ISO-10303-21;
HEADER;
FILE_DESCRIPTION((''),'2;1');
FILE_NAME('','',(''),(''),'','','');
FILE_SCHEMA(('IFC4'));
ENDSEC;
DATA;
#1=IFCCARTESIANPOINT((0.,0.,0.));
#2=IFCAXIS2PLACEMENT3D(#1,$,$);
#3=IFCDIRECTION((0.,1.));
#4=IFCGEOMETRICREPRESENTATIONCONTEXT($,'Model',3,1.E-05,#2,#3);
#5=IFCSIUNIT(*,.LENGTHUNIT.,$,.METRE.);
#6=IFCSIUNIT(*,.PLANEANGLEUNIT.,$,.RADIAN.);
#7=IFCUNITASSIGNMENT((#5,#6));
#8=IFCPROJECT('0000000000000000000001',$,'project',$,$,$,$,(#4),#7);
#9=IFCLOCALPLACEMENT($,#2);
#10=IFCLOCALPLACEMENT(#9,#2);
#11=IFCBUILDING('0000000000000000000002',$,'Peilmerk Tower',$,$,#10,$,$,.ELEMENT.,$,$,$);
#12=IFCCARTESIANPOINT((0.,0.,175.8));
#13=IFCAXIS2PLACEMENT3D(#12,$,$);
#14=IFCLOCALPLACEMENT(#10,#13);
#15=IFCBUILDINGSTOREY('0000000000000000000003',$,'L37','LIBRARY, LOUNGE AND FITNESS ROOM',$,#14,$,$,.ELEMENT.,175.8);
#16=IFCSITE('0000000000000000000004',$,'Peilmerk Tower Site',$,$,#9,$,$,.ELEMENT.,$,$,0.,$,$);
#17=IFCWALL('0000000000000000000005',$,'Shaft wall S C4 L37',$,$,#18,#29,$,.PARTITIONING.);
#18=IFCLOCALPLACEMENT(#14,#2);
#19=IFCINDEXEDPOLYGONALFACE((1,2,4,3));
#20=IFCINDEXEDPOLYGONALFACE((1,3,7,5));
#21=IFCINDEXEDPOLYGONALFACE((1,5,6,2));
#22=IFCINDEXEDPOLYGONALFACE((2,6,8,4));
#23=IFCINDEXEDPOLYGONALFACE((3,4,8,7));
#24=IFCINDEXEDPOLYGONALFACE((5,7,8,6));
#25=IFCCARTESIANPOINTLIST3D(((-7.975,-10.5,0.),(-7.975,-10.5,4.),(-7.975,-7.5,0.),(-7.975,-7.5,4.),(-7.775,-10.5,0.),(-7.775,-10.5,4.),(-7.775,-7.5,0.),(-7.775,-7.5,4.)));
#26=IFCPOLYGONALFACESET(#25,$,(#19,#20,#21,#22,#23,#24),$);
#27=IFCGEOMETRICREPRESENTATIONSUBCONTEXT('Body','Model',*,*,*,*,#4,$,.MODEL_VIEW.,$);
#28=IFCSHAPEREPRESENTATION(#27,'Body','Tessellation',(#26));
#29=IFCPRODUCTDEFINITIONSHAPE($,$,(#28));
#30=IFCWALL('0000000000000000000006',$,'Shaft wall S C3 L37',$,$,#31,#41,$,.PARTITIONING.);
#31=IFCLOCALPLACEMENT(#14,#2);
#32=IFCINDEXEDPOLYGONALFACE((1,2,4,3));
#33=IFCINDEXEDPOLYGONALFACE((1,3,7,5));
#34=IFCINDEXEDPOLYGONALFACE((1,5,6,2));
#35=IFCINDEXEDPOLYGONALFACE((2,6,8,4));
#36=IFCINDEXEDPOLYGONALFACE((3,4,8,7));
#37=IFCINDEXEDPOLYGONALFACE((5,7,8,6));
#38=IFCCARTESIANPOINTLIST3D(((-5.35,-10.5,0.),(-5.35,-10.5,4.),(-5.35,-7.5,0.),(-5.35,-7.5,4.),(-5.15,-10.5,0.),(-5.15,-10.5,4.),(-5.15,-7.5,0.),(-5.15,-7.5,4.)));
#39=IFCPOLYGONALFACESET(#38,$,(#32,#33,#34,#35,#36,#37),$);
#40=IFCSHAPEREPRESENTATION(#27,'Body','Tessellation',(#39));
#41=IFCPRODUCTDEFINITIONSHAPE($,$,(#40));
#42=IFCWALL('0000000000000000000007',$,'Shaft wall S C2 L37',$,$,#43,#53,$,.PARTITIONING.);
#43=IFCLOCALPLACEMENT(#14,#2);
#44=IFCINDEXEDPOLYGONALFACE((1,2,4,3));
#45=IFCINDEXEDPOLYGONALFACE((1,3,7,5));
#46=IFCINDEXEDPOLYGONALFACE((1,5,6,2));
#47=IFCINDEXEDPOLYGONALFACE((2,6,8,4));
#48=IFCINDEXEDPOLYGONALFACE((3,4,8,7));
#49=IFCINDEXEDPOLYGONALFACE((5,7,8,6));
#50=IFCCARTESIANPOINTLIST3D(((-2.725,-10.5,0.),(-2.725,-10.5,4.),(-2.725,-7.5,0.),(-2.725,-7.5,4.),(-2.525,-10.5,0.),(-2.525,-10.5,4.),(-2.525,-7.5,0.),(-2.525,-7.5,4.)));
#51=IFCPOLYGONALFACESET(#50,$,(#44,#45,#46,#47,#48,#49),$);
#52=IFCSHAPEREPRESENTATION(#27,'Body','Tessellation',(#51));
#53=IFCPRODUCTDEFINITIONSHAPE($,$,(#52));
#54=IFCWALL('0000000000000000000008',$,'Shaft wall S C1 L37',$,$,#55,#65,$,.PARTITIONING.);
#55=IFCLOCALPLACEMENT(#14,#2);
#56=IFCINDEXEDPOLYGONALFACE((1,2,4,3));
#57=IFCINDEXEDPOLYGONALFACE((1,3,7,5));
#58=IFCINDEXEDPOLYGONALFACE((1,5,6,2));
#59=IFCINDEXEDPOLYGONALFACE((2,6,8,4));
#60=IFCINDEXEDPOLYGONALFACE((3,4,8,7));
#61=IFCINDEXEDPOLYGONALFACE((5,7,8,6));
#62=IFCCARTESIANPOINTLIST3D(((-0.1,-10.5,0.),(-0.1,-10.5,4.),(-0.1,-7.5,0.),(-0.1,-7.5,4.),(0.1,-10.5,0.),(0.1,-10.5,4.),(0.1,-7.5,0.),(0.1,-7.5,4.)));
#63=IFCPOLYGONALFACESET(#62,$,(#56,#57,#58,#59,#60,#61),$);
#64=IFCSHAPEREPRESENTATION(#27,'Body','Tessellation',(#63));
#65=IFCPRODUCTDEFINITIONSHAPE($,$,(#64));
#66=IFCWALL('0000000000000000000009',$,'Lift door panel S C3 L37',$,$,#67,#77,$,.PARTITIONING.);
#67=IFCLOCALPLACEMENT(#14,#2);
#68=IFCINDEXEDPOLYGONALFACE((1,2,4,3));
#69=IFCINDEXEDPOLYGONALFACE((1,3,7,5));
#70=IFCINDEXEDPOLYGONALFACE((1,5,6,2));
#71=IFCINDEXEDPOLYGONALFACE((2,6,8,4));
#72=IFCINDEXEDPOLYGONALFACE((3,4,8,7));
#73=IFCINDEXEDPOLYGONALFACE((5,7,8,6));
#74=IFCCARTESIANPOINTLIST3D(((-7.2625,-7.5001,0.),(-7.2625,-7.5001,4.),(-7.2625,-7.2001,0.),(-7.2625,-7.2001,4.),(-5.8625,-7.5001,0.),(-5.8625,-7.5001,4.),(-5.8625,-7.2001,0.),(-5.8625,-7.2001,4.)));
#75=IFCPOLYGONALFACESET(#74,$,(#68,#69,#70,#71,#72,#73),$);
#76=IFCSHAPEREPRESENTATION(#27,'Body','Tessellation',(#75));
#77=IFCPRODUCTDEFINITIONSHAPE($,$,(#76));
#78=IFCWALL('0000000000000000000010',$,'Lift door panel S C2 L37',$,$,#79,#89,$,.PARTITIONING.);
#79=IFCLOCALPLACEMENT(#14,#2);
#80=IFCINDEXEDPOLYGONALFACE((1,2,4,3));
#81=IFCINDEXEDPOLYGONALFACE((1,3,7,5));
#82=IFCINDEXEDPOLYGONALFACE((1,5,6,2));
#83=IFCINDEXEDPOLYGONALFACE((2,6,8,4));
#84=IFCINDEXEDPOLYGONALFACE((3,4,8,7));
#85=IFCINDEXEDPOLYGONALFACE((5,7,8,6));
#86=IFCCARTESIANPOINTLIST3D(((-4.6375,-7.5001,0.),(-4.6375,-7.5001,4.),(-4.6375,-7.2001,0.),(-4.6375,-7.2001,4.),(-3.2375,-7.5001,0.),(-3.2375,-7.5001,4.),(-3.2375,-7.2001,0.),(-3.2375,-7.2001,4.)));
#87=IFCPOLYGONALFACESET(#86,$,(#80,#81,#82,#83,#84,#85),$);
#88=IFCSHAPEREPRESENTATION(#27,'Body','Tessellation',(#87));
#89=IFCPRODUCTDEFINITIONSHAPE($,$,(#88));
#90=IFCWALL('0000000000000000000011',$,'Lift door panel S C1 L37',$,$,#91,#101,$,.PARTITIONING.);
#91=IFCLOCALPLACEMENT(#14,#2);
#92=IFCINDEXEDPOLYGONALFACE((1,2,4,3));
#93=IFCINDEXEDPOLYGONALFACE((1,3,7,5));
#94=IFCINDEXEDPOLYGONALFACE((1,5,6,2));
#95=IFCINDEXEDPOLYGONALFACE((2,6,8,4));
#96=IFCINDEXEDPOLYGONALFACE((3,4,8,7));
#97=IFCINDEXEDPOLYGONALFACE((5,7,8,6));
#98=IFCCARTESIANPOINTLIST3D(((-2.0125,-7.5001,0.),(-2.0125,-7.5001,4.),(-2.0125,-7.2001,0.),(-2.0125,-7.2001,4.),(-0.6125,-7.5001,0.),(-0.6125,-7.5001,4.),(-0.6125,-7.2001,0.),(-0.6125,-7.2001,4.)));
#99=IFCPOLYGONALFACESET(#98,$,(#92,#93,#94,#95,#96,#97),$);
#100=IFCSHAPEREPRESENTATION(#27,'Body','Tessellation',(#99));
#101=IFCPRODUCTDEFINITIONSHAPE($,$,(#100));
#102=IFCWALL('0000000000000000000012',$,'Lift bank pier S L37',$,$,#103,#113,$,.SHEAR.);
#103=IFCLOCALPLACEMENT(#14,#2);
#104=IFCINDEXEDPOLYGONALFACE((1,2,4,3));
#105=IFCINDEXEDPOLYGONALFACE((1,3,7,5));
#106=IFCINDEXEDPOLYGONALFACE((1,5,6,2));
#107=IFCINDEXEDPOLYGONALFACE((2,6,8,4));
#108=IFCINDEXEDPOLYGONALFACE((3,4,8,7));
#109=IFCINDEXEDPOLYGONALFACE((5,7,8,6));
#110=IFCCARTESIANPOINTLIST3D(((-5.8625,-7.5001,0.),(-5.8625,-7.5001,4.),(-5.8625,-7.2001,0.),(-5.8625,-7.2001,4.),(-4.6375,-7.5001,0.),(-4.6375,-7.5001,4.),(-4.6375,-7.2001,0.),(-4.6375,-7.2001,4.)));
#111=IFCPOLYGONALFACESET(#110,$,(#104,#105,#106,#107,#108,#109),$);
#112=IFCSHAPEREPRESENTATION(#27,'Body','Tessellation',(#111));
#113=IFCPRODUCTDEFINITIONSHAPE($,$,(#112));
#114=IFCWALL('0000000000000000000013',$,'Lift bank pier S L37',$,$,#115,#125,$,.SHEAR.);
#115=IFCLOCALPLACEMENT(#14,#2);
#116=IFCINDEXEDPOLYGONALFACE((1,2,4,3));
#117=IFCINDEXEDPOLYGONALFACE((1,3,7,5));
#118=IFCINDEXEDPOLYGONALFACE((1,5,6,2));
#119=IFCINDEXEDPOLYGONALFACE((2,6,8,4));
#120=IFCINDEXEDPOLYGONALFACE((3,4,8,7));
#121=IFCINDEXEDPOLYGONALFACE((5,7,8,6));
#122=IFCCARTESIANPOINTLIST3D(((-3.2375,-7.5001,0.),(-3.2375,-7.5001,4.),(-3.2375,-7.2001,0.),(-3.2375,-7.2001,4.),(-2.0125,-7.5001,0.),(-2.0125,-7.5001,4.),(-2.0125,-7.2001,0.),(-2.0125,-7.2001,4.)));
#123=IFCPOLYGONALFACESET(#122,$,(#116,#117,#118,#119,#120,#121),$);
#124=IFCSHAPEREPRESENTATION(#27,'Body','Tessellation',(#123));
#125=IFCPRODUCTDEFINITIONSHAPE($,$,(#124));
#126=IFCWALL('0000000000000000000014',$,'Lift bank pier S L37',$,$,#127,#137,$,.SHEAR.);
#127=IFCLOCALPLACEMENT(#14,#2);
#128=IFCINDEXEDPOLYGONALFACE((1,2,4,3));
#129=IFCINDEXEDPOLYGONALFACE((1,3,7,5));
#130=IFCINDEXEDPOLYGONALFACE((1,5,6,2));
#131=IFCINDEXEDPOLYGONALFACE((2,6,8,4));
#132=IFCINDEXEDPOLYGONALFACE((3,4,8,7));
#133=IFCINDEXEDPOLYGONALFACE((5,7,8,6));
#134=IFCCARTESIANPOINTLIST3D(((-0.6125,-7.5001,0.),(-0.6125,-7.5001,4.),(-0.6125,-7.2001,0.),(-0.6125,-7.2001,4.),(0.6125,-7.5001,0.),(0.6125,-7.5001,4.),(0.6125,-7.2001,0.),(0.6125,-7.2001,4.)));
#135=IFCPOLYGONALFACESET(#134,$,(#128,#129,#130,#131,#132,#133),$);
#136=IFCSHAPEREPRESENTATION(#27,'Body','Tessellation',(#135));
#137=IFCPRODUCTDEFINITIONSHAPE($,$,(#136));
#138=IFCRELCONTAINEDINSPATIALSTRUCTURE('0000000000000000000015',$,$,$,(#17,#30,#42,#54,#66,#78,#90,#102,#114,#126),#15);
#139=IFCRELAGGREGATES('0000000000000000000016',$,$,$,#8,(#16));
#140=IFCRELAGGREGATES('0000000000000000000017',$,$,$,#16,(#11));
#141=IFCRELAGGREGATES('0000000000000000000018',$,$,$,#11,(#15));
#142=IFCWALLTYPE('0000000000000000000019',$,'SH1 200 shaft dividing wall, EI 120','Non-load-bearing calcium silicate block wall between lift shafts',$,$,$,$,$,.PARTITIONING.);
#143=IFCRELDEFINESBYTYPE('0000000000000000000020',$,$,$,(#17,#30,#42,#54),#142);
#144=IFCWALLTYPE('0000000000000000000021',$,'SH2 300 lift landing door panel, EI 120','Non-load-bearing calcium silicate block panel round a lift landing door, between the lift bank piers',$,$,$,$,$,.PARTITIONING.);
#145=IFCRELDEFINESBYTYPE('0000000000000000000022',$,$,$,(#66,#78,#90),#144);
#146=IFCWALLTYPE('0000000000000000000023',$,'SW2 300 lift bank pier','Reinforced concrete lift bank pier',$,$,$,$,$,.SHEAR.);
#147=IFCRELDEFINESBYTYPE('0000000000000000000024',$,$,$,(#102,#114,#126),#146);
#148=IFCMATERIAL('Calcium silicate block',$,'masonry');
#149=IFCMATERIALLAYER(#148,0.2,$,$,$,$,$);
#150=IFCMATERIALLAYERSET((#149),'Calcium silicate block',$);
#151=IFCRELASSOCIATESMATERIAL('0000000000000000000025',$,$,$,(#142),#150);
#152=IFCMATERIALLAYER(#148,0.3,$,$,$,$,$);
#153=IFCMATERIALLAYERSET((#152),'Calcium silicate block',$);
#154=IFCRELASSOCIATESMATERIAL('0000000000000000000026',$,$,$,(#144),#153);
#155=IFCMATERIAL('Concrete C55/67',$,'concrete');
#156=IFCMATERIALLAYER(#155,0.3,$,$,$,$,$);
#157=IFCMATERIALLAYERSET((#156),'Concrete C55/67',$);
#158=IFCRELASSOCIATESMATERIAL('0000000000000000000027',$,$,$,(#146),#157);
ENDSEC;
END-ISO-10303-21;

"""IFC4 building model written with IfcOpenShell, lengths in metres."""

from ifc_helpers import new_model, si_unit, direction, frame, frame_2d, origin, place, context, subcontext, project, spatial, rectangle, extrude, material, layer, layer_set, type_object, element, save


model = new_model("IFC4")

# Units and contexts
model_context = context("Model", 3, precision=1e-05, world=origin(), true_north=direction((0.0, 1.0)))
body_context = subcontext(model_context, "Body", "Model", "MODEL_VIEW")
ifc_project = project(units=[si_unit("LENGTHUNIT", "METRE"), si_unit("PLANEANGLEUNIT", "RADIAN")], contexts=[model_context])

# Site, building, storey
site_placement = place(None, origin())
site = spatial("IfcSite", under=ifc_project, at=site_placement, Name="Peilmerk Tower Site", CompositionType="ELEMENT", RefElevation=0.0)
building_placement = place(site_placement, origin())
building = spatial("IfcBuilding", under=site, at=building_placement, Name="Peilmerk Tower", CompositionType="ELEMENT")
storey_placement = place(building_placement, frame((0.0, 0.0, 175.8)))
storey = spatial("IfcBuildingStorey", under=building, at=storey_placement, Name="L37", Description="LIBRARY, LOUNGE AND FITNESS ROOM", CompositionType="ELEMENT", Elevation=175.8)

# Walls
ifc_material_1 = material(Name="Calcium silicate block", Category="masonry")
ifc_layer_1 = layer(ifc_material_1, 0.2)
ifc_layer_set_1 = layer_set([ifc_layer_1], Name="Calcium silicate block")
wall_type_1 = type_object("IfcWallType", Name="SH1 200 shaft dividing wall, EI 120", Description="Non-load-bearing calcium silicate block wall between lift shafts", PredefinedType="PARTITIONING", material=ifc_layer_set_1)
for number, where, z_axis, x_axis, name in (
    (1, (-7.875, -10.5, 0.0), (0.0, 0.0, 1.0), (0.0, 1.0, 0.0), "Shaft wall S C4 L37"),
    (2, (-5.25, -10.5, 0.0), (0.0, 0.0, 1.0), (0.0, 1.0, 0.0), "Shaft wall S C3 L37"),
    (3, (-2.625, -10.5, 0.0), (0.0, 0.0, 1.0), (0.0, 1.0, 0.0), "Shaft wall S C2 L37"),
    (4, (0.0, -10.5, 0.0), (0.0, 0.0, 1.0), (0.0, 1.0, 0.0), "Shaft wall S C1 L37"),
):
    element("IfcWall", number, at=place(storey_placement, frame(where, z_axis=z_axis, x_axis=x_axis)), inside=storey, type_object=wall_type_1, Name=name, PredefinedType="PARTITIONING", context=body_context, shape_type="SweptSolid", body=[
        extrude(rectangle(XDim=3.0, YDim=0.2, at=frame_2d((1.5, 0.0))), origin(), (0.0, 0.0, 1.0), 4.0),
    ])
ifc_layer_2 = layer(ifc_material_1, 0.3)
ifc_layer_set_2 = layer_set([ifc_layer_2], Name="Calcium silicate block")
wall_type_2 = type_object("IfcWallType", Name="SH2 300 lift landing door panel, EI 120", Description="Non-load-bearing calcium silicate block panel round a lift landing door, between the lift bank piers", PredefinedType="PARTITIONING", material=ifc_layer_set_2)
for number, where, z_axis, x_axis, name in (
    (5, (-7.2625, -7.3501, 0.0), (0.0, 0.0, 1.0), (1.0, 0.0, 0.0), "Lift door panel S C3 L37"),
    (6, (-4.6375, -7.3501, 0.0), (0.0, 0.0, 1.0), (1.0, 0.0, 0.0), "Lift door panel S C2 L37"),
    (7, (-2.0125, -7.3501, 0.0), (0.0, 0.0, 1.0), (1.0, 0.0, 0.0), "Lift door panel S C1 L37"),
):
    element("IfcWall", number, at=place(storey_placement, frame(where, z_axis=z_axis, x_axis=x_axis)), inside=storey, type_object=wall_type_2, Name=name, PredefinedType="PARTITIONING", context=body_context, shape_type="SweptSolid", body=[
        extrude(rectangle(XDim=1.3999, YDim=0.3, at=frame_2d((0.7, 0.0))), origin(), (0.0, 0.0, 1.0), 4.0),
    ])
ifc_material_2 = material(Name="Concrete C55/67", Category="concrete")
ifc_layer_3 = layer(ifc_material_2, 0.3)
ifc_layer_set_3 = layer_set([ifc_layer_3], Name="Concrete C55/67")
wall_type_3 = type_object("IfcWallType", Name="SW2 300 lift bank pier", Description="Reinforced concrete lift bank pier", PredefinedType="SHEAR", material=ifc_layer_set_3)
for number, where, z_axis, x_axis, name in (
    (8, (-5.8625, -7.3501, 0.0), (0.0, 0.0, 1.0), (1.0, 0.0, 0.0), "Lift bank pier S L37"),
    (9, (-3.2375, -7.3501, 0.0), (0.0, 0.0, 1.0), (1.0, 0.0, 0.0), "Lift bank pier S L37"),
    (10, (-0.6125, -7.3501, 0.0), (0.0, 0.0, 1.0), (1.0, 0.0, 0.0), "Lift bank pier S L37"),
):
    element("IfcWall", number, at=place(storey_placement, frame(where, z_axis=z_axis, x_axis=x_axis)), inside=storey, type_object=wall_type_3, Name=name, PredefinedType="SHEAR", context=body_context, shape_type="SweptSolid", body=[
        extrude(rectangle(XDim=1.2251, YDim=0.3, at=frame_2d((0.6125, 0.0))), origin(), (0.0, 0.0, 1.0), 4.0),
    ])

save(model, "model.ifc")
